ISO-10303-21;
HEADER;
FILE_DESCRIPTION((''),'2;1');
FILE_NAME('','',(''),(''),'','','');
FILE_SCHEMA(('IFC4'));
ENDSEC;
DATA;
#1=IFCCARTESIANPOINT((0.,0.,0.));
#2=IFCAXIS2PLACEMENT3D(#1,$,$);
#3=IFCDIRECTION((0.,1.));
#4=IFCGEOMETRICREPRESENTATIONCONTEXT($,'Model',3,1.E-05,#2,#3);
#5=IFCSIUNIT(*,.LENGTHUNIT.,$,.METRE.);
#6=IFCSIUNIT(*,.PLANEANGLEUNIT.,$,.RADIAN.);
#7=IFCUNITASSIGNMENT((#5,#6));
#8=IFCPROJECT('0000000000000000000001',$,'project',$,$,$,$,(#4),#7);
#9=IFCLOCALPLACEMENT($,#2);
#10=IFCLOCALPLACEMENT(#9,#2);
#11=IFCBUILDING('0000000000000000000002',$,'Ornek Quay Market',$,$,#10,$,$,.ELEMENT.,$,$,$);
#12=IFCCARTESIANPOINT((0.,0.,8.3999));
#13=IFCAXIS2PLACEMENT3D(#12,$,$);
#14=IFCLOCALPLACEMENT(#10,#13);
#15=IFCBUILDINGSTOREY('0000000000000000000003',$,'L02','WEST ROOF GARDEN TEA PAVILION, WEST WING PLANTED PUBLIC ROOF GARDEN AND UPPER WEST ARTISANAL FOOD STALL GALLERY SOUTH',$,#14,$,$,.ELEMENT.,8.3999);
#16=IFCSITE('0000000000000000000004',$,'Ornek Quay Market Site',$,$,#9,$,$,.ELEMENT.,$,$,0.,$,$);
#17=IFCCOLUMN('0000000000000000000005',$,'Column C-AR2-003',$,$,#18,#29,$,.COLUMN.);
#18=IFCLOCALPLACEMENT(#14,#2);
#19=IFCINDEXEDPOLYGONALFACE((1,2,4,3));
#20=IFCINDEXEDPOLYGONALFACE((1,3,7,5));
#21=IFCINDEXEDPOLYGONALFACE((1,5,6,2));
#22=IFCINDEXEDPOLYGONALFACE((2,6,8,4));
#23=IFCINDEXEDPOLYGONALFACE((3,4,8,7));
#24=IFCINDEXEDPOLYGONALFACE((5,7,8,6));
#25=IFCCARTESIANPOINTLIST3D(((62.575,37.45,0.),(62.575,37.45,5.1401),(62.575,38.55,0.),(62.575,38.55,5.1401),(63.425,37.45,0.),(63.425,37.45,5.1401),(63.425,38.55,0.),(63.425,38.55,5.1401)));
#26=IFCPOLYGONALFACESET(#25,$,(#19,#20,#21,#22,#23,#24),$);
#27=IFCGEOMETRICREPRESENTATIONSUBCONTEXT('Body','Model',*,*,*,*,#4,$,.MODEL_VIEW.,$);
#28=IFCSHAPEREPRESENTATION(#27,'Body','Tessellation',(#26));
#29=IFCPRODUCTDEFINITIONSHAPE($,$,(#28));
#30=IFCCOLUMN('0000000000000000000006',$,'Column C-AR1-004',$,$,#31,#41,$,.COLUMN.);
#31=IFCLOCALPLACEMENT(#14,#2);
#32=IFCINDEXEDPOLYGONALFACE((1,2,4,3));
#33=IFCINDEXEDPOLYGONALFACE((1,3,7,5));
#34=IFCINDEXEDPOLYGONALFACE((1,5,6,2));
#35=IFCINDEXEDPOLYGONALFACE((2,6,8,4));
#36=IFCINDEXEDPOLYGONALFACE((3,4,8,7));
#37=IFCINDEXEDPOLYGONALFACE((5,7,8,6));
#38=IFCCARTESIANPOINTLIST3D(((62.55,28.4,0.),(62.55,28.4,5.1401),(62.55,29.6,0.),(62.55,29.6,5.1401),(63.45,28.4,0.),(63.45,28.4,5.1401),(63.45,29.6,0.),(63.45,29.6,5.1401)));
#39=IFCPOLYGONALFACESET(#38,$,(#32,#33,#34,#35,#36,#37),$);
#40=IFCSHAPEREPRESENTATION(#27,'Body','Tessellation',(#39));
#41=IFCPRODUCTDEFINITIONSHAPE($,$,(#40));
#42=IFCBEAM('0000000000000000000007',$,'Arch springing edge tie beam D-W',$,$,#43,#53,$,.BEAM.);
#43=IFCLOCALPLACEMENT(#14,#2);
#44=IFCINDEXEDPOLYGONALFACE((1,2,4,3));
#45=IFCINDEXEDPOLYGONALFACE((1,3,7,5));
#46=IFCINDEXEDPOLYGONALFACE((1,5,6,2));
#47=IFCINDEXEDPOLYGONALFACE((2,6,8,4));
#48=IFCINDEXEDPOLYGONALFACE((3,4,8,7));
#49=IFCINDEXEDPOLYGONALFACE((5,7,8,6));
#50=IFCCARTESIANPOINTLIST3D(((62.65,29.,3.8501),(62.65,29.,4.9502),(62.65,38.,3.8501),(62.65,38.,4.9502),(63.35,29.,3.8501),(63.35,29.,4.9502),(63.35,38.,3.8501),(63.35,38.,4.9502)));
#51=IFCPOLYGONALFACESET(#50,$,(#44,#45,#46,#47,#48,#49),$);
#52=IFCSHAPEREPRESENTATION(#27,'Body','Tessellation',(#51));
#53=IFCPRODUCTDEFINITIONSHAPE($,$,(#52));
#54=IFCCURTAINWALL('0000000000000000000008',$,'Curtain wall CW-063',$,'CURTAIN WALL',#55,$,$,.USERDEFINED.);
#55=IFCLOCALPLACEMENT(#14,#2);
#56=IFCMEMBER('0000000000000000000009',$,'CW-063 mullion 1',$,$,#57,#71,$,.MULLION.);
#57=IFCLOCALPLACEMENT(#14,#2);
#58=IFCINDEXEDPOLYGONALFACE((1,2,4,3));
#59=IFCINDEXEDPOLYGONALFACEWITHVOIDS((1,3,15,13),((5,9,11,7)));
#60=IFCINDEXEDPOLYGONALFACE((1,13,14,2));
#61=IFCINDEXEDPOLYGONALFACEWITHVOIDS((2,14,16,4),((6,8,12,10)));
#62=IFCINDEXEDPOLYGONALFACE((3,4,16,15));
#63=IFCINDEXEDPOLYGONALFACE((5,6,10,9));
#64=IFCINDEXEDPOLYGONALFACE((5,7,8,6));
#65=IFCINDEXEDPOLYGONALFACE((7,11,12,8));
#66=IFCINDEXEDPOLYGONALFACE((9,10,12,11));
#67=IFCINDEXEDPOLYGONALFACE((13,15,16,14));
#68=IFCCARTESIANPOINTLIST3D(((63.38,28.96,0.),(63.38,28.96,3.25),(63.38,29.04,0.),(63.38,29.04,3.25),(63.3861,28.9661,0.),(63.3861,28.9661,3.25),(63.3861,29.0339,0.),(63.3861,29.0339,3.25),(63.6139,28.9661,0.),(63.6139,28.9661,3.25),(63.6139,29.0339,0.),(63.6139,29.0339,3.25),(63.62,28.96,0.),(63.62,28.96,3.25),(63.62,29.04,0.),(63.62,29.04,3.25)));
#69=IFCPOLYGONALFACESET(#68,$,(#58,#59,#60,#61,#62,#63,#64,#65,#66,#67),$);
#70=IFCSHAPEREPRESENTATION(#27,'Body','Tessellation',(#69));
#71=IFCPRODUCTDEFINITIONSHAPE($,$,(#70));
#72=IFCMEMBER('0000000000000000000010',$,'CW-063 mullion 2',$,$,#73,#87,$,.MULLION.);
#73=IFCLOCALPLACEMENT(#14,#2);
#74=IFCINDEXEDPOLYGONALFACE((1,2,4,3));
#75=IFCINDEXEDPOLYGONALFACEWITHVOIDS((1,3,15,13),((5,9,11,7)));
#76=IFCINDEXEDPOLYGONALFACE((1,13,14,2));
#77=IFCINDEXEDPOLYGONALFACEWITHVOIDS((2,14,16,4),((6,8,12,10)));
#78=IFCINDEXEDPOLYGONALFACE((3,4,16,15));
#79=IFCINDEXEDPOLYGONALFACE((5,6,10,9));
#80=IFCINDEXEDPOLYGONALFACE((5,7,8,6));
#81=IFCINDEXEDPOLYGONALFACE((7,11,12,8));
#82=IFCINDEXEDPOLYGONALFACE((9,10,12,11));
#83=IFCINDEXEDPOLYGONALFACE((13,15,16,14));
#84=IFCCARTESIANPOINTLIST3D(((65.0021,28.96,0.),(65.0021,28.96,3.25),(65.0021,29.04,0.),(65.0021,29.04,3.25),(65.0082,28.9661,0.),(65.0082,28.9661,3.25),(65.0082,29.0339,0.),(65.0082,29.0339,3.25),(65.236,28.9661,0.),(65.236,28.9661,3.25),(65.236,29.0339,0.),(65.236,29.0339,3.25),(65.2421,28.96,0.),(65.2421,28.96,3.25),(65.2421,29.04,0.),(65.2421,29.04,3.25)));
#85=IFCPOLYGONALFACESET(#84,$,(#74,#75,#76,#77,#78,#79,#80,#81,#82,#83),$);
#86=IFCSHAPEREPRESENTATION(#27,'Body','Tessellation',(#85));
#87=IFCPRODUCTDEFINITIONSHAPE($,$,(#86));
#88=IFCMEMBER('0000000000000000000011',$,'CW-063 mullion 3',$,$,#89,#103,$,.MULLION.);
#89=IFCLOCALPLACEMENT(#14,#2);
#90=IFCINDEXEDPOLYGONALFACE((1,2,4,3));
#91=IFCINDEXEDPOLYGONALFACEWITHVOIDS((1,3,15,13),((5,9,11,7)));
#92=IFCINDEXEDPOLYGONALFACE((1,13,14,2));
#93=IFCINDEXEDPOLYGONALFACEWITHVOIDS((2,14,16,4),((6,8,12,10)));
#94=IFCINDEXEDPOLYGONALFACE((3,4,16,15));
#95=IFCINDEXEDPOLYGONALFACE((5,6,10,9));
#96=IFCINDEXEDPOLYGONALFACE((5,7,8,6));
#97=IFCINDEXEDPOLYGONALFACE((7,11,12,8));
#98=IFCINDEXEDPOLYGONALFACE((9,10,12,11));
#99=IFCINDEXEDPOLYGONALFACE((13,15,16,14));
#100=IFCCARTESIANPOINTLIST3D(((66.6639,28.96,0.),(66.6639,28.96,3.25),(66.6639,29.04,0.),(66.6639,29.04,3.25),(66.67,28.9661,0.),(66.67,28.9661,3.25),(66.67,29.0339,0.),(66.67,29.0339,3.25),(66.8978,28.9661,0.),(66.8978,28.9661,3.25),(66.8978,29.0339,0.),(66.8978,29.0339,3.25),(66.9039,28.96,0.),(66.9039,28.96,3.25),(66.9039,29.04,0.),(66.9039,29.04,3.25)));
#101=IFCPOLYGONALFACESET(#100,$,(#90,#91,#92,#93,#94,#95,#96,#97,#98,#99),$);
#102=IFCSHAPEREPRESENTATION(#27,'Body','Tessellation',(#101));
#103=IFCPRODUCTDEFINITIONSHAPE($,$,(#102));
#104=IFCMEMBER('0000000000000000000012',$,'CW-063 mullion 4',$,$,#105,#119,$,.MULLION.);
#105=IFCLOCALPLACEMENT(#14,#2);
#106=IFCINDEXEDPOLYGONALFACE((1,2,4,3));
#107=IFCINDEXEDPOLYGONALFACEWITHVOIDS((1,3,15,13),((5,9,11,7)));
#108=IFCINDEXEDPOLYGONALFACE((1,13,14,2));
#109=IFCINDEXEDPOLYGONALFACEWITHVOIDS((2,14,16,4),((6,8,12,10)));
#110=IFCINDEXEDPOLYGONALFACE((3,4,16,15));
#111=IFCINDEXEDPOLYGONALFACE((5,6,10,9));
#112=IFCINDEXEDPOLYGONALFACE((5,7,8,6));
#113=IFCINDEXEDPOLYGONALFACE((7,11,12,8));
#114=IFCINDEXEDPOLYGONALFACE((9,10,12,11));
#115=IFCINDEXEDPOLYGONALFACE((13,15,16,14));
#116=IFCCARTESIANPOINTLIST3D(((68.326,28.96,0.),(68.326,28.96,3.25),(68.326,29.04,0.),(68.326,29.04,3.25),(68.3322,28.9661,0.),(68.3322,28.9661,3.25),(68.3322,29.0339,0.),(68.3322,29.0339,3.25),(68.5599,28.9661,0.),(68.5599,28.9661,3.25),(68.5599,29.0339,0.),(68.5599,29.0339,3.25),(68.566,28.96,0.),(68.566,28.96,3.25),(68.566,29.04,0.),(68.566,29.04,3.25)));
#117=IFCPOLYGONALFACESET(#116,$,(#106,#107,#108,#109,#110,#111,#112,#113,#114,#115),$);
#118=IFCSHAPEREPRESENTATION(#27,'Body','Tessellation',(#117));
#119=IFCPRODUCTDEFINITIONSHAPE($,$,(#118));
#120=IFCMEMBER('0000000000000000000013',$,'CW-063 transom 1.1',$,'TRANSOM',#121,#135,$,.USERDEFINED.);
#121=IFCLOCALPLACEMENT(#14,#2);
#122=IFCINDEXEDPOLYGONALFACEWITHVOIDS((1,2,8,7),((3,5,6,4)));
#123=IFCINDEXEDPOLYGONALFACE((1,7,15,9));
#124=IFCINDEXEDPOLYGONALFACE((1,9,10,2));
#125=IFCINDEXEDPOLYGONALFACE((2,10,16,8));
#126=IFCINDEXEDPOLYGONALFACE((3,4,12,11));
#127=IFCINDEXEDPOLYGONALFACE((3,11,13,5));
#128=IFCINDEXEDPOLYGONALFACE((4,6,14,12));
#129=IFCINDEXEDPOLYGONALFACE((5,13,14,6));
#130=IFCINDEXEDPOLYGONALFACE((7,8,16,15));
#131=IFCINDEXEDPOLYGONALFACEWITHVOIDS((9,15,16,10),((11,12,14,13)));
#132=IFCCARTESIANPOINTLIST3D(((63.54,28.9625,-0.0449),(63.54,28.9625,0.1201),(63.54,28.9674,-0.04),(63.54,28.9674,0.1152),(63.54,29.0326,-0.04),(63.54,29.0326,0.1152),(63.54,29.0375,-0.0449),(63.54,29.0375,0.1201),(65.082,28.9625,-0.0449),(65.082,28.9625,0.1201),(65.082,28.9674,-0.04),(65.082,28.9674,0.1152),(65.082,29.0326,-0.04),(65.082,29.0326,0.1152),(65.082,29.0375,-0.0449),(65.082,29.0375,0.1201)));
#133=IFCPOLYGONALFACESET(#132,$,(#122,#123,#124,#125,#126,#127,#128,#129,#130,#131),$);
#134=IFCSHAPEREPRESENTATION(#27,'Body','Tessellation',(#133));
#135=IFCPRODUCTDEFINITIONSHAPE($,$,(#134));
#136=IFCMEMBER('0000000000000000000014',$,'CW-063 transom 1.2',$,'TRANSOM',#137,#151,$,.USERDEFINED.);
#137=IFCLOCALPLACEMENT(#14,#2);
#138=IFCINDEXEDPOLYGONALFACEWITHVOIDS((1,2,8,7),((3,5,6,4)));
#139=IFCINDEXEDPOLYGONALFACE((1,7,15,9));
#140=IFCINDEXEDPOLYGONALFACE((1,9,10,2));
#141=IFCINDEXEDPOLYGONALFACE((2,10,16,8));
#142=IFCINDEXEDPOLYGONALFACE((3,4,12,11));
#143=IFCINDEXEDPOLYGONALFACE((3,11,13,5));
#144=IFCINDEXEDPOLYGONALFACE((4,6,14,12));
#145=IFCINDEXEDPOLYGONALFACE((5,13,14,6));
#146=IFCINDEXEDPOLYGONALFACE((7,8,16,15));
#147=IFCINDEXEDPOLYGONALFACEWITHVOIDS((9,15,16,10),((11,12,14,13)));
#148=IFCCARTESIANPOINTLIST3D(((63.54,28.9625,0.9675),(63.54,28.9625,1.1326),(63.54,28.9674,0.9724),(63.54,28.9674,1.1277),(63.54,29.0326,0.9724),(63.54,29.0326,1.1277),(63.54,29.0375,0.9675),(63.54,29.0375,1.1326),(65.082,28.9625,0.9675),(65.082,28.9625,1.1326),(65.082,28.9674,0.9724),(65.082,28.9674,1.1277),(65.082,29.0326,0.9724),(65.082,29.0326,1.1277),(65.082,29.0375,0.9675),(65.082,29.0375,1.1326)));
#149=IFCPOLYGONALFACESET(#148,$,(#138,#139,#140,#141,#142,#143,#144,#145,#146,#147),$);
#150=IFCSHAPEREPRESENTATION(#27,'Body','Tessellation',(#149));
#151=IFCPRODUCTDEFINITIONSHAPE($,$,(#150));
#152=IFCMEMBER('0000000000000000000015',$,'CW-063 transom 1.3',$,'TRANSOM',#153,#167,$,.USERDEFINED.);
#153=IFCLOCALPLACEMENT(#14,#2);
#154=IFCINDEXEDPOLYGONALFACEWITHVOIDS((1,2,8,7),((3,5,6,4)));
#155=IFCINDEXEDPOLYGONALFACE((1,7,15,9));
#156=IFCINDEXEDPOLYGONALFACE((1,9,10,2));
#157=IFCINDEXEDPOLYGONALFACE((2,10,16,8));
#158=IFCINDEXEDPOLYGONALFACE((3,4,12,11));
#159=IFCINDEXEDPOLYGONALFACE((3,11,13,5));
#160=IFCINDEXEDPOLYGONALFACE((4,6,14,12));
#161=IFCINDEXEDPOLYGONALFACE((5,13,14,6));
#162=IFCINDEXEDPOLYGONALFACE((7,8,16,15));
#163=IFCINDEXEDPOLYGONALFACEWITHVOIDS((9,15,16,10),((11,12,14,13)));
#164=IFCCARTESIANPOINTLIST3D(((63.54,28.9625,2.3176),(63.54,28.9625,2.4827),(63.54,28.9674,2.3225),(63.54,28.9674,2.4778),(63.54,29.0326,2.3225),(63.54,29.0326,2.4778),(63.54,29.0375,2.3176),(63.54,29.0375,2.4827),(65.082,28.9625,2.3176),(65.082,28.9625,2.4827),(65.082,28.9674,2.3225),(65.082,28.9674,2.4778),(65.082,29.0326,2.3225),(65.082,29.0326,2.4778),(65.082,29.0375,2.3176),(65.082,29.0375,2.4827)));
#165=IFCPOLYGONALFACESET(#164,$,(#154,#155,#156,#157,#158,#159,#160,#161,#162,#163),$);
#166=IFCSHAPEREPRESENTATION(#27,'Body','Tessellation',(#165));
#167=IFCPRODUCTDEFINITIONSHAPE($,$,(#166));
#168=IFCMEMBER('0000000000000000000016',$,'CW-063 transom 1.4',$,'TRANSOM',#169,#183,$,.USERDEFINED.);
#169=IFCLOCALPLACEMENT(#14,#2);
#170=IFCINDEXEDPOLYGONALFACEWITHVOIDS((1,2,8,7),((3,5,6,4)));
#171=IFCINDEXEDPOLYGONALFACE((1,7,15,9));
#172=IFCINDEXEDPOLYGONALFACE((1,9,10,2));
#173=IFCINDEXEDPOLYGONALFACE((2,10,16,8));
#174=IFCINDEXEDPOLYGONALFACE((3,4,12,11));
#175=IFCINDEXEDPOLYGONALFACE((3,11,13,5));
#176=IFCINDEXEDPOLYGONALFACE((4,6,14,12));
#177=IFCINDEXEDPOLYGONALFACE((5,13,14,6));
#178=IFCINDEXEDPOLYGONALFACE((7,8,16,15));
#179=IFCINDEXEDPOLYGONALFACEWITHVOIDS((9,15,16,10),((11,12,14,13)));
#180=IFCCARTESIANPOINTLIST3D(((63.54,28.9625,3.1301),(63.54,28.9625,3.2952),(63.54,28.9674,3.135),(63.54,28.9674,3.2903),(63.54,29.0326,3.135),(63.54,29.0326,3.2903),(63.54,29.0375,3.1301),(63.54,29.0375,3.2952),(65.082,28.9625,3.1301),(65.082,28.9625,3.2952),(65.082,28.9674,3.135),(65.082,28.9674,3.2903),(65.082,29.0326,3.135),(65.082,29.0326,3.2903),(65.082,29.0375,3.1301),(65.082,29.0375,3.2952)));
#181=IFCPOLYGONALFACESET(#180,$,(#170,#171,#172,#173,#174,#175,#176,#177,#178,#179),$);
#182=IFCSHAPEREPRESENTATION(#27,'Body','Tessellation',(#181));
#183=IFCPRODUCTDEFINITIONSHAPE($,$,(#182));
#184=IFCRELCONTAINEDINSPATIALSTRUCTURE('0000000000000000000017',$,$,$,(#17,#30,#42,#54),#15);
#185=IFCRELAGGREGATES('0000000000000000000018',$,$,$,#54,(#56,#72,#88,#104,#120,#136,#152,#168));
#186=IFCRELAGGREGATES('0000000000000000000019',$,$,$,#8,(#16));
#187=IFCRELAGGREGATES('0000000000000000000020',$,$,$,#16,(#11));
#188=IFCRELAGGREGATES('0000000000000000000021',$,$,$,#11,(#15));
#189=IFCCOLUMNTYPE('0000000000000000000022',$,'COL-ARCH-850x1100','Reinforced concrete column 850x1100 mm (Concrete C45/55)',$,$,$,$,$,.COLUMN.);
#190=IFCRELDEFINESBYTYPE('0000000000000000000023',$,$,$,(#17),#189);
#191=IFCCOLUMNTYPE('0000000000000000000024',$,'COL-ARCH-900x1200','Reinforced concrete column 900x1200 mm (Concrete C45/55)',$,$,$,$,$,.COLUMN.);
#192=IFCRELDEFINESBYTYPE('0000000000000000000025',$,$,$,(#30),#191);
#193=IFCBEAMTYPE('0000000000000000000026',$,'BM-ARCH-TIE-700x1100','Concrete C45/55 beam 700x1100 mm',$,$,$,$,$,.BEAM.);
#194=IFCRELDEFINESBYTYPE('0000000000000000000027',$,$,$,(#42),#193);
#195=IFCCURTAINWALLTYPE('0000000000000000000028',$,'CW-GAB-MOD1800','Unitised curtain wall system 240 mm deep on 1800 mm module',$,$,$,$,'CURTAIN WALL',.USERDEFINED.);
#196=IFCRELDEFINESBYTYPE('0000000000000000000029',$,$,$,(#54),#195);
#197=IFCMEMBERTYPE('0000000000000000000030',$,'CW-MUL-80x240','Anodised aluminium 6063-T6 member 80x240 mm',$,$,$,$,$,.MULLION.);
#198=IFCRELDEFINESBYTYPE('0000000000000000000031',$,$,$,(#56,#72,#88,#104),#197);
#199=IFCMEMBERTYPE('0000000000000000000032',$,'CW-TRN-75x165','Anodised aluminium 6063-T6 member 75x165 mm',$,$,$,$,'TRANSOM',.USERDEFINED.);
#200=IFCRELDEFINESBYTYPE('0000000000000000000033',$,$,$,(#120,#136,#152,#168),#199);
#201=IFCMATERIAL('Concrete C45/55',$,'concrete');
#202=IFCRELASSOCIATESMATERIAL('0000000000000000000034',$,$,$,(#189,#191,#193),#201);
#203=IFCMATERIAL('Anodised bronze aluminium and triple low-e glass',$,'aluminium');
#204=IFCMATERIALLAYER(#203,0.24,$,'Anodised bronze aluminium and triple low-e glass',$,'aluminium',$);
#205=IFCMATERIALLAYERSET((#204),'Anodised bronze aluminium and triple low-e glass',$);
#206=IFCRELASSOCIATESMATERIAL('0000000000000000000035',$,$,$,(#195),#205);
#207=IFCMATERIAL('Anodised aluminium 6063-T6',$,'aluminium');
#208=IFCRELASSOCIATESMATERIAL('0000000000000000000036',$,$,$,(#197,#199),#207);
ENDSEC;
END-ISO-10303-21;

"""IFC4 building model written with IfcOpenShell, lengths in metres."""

from ifc_helpers import new_model, si_unit, direction, frame, origin, origin_2d, place, context, subcontext, project, spatial, rectangle, hollow_rectangle, extrude, material, layer, layer_set, material_profile, profile_set, type_object, element, aggregate, save


model = new_model("IFC4")

# Units and contexts
model_context = context("Model", 3, precision=1e-05, world=origin(), true_north=direction((0.0, 1.0)))
body_context = subcontext(model_context, "Body", "Model", "MODEL_VIEW")
ifc_project = project(units=[si_unit("LENGTHUNIT", "METRE"), si_unit("PLANEANGLEUNIT", "RADIAN")], contexts=[model_context])

# Site, building, storey
site_placement = place(None, origin())
site = spatial("IfcSite", under=ifc_project, at=site_placement, Name="Ornek Quay Market Site", CompositionType="ELEMENT", RefElevation=0.0)
building_placement = place(site_placement, origin())
building = spatial("IfcBuilding", under=site, at=building_placement, Name="Ornek Quay Market", CompositionType="ELEMENT")
storey_placement = place(building_placement, frame((0.0, 0.0, 8.3999)))
storey = spatial("IfcBuildingStorey", under=building, at=storey_placement, Name="L02", Description="WEST ROOF GARDEN TEA PAVILION, WEST WING PLANTED PUBLIC ROOF GARDEN AND UPPER WEST ARTISANAL FOOD STALL GALLERY SOUTH", CompositionType="ELEMENT", Elevation=8.3999)

# Columns
ifc_material_1 = material(Name="Concrete C45/55", Category="concrete")
ifc_material_profile_1 = material_profile(ifc_material_1, rectangle(XDim=0.8501, YDim=1.1001, at=origin_2d()), Name="RC 850x1100", Category="concrete")
ifc_profile_set_1 = profile_set([ifc_material_profile_1], Name="Concrete C45/55")
column_type_1 = type_object("IfcColumnType", Name="COL-ARCH-850x1100", Description="Reinforced concrete column 850x1100 mm (Concrete C45/55)", PredefinedType="COLUMN", material=ifc_profile_set_1)
column_1_placement = place(storey_placement, frame((63.0, 38.0, 0.0), z_axis=(0.0, 0.0, 1.0), x_axis=(1.0, 0.0, 0.0)))
element("IfcColumn", 1, at=column_1_placement, inside=storey, type_object=column_type_1, Name="Column C-AR2-003", PredefinedType="COLUMN", context=body_context, shape_type="SweptSolid", body=[
    extrude(rectangle(XDim=0.8501, YDim=1.1001, at=origin_2d()), origin(), (0.0, 0.0, 1.0), 5.1401),
])
ifc_material_profile_2 = material_profile(ifc_material_1, rectangle(XDim=0.8999, YDim=1.2, at=origin_2d()), Name="RC 900x1200", Category="concrete")
ifc_profile_set_2 = profile_set([ifc_material_profile_2], Name="Concrete C45/55")
column_type_2 = type_object("IfcColumnType", Name="COL-ARCH-900x1200", Description="Reinforced concrete column 900x1200 mm (Concrete C45/55)", PredefinedType="COLUMN", material=ifc_profile_set_2)
column_2_placement = place(storey_placement, frame((63.0, 29.0, 0.0), z_axis=(0.0, 0.0, 1.0), x_axis=(1.0, 0.0, 0.0)))
element("IfcColumn", 2, at=column_2_placement, inside=storey, type_object=column_type_2, Name="Column C-AR1-004", PredefinedType="COLUMN", context=body_context, shape_type="SweptSolid", body=[
    extrude(rectangle(XDim=0.8999, YDim=1.2, at=origin_2d()), origin(), (0.0, 0.0, 1.0), 5.1401),
])

# Beam
ifc_material_profile_3 = material_profile(ifc_material_1, rectangle(XDim=0.7, YDim=1.1001, at=origin_2d()), Name="RC 700x1100", Category="concrete")
ifc_profile_set_3 = profile_set([ifc_material_profile_3], Name="Concrete C45/55")
beam_type = type_object("IfcBeamType", Name="BM-ARCH-TIE-700x1100", Description="Concrete C45/55 beam 700x1100 mm", PredefinedType="BEAM", material=ifc_profile_set_3)
beam_placement = place(storey_placement, frame((63.0, 29.0, 4.4001), z_axis=(0.0, 1.0, 0.0), x_axis=(-1.0, 0.0, 0.0)))
element("IfcBeam", 3, at=beam_placement, inside=storey, type_object=beam_type, Name="Arch springing edge tie beam D-W", PredefinedType="BEAM", context=body_context, shape_type="SweptSolid", body=[
    extrude(rectangle(XDim=0.7, YDim=1.1001, at=origin_2d()), origin(), (0.0, 0.0, 1.0), 9.0),
])

# Curtain wall, members
ifc_material_2 = material(Name="Anodised bronze aluminium and triple low-e glass", Category="aluminium")
ifc_layer_1 = layer(ifc_material_2, 0.24, Name="Anodised bronze aluminium and triple low-e glass", Category="aluminium")
ifc_layer_set_1 = layer_set([ifc_layer_1], Name="Anodised bronze aluminium and triple low-e glass")
curtain_wall_type = type_object("IfcCurtainWallType", Name="CW-GAB-MOD1800", Description="Unitised curtain wall system 240 mm deep on 1800 mm module", ElementType="CURTAIN WALL", PredefinedType="USERDEFINED", material=ifc_layer_set_1)
curtain_wall_placement = place(storey_placement, origin())
curtain_wall = element("IfcCurtainWall", 4, at=curtain_wall_placement, inside=storey, type_object=curtain_wall_type, Name="Curtain wall CW-063", ObjectType="CURTAIN WALL", PredefinedType="USERDEFINED")
ifc_material_3 = material(Name="Anodised aluminium 6063-T6", Category="aluminium")
ifc_material_profile_4 = material_profile(ifc_material_3, hollow_rectangle(XDim=0.0801, YDim=0.24, WallThickness=0.0061, at=origin_2d()), Name="CW-MUL-80x240", Category="aluminium")
ifc_profile_set_4 = profile_set([ifc_material_profile_4], Name="Anodised aluminium 6063-T6")
member_type_1 = type_object("IfcMemberType", Name="CW-MUL-80x240", Description="Anodised aluminium 6063-T6 member 80x240 mm", PredefinedType="MULLION", material=ifc_profile_set_4)
member_1_placement = place(storey_placement, frame((63.5, 29.0, 0.0), z_axis=(0.0, 0.0, 1.0), x_axis=(0.0, 1.0, 0.0)))
member_1 = element("IfcMember", 5, at=member_1_placement, type_object=member_type_1, Name="CW-063 mullion 1", PredefinedType="MULLION", context=body_context, shape_type="SweptSolid", body=[
    extrude(hollow_rectangle(XDim=0.0801, YDim=0.24, WallThickness=0.0061, at=origin_2d()), origin(), (0.0, 0.0, 1.0), 3.25),
])
member_2_placement = place(storey_placement, frame((65.1221, 29.0, 0.0), z_axis=(0.0, 0.0, 1.0), x_axis=(0.0, 1.0, 0.0)))
member_2 = element("IfcMember", 6, at=member_2_placement, type_object=member_type_1, Name="CW-063 mullion 2", PredefinedType="MULLION", context=body_context, shape_type="SweptSolid", body=[
    extrude(hollow_rectangle(XDim=0.0801, YDim=0.24, WallThickness=0.0061, at=origin_2d()), origin(), (0.0, 0.0, 1.0), 3.25),
])
member_3_placement = place(storey_placement, frame((66.7839, 29.0, 0.0), z_axis=(0.0, 0.0, 1.0), x_axis=(0.0, 1.0, 0.0)))
member_3 = element("IfcMember", 7, at=member_3_placement, type_object=member_type_1, Name="CW-063 mullion 3", PredefinedType="MULLION", context=body_context, shape_type="SweptSolid", body=[
    extrude(hollow_rectangle(XDim=0.0801, YDim=0.24, WallThickness=0.0061, at=origin_2d()), origin(), (0.0, 0.0, 1.0), 3.25),
])
member_4_placement = place(storey_placement, frame((68.446, 29.0, 0.0), z_axis=(0.0, 0.0, 1.0), x_axis=(0.0, 1.0, 0.0)))
member_4 = element("IfcMember", 8, at=member_4_placement, type_object=member_type_1, Name="CW-063 mullion 4", PredefinedType="MULLION", context=body_context, shape_type="SweptSolid", body=[
    extrude(hollow_rectangle(XDim=0.0801, YDim=0.24, WallThickness=0.0061, at=origin_2d()), origin(), (0.0, 0.0, 1.0), 3.25),
])
ifc_material_profile_5 = material_profile(ifc_material_3, hollow_rectangle(XDim=0.075, YDim=0.165, WallThickness=0.0049, at=origin_2d()), Name="CW-TRN-75x165", Category="aluminium")
ifc_profile_set_5 = profile_set([ifc_material_profile_5], Name="Anodised aluminium 6063-T6")
member_type_2 = type_object("IfcMemberType", Name="CW-TRN-75x165", Description="Anodised aluminium 6063-T6 member 75x165 mm", ElementType="TRANSOM", PredefinedType="USERDEFINED", material=ifc_profile_set_5)
member_5_placement = place(storey_placement, frame((63.54, 29.0, 0.0376), z_axis=(1.0, 0.0, 0.0), x_axis=(0.0, 1.0, 0.0)))
member_5 = element("IfcMember", 9, at=member_5_placement, type_object=member_type_2, Name="CW-063 transom 1.1", ObjectType="TRANSOM", PredefinedType="USERDEFINED", context=body_context, shape_type="SweptSolid", body=[
    extrude(hollow_rectangle(XDim=0.075, YDim=0.165, WallThickness=0.0049, at=origin_2d()), origin(), (0.0, 0.0, 1.0), 1.542),
])
member_6_placement = place(storey_placement, frame((63.54, 29.0, 1.05), z_axis=(1.0, 0.0, 0.0), x_axis=(0.0, 1.0, 0.0)))
member_6 = element("IfcMember", 10, at=member_6_placement, type_object=member_type_2, Name="CW-063 transom 1.2", ObjectType="TRANSOM", PredefinedType="USERDEFINED", context=body_context, shape_type="SweptSolid", body=[
    extrude(hollow_rectangle(XDim=0.075, YDim=0.165, WallThickness=0.0049, at=origin_2d()), origin(), (0.0, 0.0, 1.0), 1.542),
])
member_7_placement = place(storey_placement, frame((63.54, 29.0, 2.4001), z_axis=(1.0, 0.0, 0.0), x_axis=(0.0, 1.0, 0.0)))
member_7 = element("IfcMember", 11, at=member_7_placement, type_object=member_type_2, Name="CW-063 transom 1.3", ObjectType="TRANSOM", PredefinedType="USERDEFINED", context=body_context, shape_type="SweptSolid", body=[
    extrude(hollow_rectangle(XDim=0.075, YDim=0.165, WallThickness=0.0049, at=origin_2d()), origin(), (0.0, 0.0, 1.0), 1.542),
])
member_8_placement = place(storey_placement, frame((63.54, 29.0, 3.2126), z_axis=(1.0, 0.0, 0.0), x_axis=(0.0, 1.0, 0.0)))
member_8 = element("IfcMember", 12, at=member_8_placement, type_object=member_type_2, Name="CW-063 transom 1.4", ObjectType="TRANSOM", PredefinedType="USERDEFINED", context=body_context, shape_type="SweptSolid", body=[
    extrude(hollow_rectangle(XDim=0.075, YDim=0.165, WallThickness=0.0049, at=origin_2d()), origin(), (0.0, 0.0, 1.0), 1.542),
])

aggregate(curtain_wall, [member_1, member_2, member_3, member_4, member_5, member_6, member_7, member_8])

save(model, "model.ifc")
